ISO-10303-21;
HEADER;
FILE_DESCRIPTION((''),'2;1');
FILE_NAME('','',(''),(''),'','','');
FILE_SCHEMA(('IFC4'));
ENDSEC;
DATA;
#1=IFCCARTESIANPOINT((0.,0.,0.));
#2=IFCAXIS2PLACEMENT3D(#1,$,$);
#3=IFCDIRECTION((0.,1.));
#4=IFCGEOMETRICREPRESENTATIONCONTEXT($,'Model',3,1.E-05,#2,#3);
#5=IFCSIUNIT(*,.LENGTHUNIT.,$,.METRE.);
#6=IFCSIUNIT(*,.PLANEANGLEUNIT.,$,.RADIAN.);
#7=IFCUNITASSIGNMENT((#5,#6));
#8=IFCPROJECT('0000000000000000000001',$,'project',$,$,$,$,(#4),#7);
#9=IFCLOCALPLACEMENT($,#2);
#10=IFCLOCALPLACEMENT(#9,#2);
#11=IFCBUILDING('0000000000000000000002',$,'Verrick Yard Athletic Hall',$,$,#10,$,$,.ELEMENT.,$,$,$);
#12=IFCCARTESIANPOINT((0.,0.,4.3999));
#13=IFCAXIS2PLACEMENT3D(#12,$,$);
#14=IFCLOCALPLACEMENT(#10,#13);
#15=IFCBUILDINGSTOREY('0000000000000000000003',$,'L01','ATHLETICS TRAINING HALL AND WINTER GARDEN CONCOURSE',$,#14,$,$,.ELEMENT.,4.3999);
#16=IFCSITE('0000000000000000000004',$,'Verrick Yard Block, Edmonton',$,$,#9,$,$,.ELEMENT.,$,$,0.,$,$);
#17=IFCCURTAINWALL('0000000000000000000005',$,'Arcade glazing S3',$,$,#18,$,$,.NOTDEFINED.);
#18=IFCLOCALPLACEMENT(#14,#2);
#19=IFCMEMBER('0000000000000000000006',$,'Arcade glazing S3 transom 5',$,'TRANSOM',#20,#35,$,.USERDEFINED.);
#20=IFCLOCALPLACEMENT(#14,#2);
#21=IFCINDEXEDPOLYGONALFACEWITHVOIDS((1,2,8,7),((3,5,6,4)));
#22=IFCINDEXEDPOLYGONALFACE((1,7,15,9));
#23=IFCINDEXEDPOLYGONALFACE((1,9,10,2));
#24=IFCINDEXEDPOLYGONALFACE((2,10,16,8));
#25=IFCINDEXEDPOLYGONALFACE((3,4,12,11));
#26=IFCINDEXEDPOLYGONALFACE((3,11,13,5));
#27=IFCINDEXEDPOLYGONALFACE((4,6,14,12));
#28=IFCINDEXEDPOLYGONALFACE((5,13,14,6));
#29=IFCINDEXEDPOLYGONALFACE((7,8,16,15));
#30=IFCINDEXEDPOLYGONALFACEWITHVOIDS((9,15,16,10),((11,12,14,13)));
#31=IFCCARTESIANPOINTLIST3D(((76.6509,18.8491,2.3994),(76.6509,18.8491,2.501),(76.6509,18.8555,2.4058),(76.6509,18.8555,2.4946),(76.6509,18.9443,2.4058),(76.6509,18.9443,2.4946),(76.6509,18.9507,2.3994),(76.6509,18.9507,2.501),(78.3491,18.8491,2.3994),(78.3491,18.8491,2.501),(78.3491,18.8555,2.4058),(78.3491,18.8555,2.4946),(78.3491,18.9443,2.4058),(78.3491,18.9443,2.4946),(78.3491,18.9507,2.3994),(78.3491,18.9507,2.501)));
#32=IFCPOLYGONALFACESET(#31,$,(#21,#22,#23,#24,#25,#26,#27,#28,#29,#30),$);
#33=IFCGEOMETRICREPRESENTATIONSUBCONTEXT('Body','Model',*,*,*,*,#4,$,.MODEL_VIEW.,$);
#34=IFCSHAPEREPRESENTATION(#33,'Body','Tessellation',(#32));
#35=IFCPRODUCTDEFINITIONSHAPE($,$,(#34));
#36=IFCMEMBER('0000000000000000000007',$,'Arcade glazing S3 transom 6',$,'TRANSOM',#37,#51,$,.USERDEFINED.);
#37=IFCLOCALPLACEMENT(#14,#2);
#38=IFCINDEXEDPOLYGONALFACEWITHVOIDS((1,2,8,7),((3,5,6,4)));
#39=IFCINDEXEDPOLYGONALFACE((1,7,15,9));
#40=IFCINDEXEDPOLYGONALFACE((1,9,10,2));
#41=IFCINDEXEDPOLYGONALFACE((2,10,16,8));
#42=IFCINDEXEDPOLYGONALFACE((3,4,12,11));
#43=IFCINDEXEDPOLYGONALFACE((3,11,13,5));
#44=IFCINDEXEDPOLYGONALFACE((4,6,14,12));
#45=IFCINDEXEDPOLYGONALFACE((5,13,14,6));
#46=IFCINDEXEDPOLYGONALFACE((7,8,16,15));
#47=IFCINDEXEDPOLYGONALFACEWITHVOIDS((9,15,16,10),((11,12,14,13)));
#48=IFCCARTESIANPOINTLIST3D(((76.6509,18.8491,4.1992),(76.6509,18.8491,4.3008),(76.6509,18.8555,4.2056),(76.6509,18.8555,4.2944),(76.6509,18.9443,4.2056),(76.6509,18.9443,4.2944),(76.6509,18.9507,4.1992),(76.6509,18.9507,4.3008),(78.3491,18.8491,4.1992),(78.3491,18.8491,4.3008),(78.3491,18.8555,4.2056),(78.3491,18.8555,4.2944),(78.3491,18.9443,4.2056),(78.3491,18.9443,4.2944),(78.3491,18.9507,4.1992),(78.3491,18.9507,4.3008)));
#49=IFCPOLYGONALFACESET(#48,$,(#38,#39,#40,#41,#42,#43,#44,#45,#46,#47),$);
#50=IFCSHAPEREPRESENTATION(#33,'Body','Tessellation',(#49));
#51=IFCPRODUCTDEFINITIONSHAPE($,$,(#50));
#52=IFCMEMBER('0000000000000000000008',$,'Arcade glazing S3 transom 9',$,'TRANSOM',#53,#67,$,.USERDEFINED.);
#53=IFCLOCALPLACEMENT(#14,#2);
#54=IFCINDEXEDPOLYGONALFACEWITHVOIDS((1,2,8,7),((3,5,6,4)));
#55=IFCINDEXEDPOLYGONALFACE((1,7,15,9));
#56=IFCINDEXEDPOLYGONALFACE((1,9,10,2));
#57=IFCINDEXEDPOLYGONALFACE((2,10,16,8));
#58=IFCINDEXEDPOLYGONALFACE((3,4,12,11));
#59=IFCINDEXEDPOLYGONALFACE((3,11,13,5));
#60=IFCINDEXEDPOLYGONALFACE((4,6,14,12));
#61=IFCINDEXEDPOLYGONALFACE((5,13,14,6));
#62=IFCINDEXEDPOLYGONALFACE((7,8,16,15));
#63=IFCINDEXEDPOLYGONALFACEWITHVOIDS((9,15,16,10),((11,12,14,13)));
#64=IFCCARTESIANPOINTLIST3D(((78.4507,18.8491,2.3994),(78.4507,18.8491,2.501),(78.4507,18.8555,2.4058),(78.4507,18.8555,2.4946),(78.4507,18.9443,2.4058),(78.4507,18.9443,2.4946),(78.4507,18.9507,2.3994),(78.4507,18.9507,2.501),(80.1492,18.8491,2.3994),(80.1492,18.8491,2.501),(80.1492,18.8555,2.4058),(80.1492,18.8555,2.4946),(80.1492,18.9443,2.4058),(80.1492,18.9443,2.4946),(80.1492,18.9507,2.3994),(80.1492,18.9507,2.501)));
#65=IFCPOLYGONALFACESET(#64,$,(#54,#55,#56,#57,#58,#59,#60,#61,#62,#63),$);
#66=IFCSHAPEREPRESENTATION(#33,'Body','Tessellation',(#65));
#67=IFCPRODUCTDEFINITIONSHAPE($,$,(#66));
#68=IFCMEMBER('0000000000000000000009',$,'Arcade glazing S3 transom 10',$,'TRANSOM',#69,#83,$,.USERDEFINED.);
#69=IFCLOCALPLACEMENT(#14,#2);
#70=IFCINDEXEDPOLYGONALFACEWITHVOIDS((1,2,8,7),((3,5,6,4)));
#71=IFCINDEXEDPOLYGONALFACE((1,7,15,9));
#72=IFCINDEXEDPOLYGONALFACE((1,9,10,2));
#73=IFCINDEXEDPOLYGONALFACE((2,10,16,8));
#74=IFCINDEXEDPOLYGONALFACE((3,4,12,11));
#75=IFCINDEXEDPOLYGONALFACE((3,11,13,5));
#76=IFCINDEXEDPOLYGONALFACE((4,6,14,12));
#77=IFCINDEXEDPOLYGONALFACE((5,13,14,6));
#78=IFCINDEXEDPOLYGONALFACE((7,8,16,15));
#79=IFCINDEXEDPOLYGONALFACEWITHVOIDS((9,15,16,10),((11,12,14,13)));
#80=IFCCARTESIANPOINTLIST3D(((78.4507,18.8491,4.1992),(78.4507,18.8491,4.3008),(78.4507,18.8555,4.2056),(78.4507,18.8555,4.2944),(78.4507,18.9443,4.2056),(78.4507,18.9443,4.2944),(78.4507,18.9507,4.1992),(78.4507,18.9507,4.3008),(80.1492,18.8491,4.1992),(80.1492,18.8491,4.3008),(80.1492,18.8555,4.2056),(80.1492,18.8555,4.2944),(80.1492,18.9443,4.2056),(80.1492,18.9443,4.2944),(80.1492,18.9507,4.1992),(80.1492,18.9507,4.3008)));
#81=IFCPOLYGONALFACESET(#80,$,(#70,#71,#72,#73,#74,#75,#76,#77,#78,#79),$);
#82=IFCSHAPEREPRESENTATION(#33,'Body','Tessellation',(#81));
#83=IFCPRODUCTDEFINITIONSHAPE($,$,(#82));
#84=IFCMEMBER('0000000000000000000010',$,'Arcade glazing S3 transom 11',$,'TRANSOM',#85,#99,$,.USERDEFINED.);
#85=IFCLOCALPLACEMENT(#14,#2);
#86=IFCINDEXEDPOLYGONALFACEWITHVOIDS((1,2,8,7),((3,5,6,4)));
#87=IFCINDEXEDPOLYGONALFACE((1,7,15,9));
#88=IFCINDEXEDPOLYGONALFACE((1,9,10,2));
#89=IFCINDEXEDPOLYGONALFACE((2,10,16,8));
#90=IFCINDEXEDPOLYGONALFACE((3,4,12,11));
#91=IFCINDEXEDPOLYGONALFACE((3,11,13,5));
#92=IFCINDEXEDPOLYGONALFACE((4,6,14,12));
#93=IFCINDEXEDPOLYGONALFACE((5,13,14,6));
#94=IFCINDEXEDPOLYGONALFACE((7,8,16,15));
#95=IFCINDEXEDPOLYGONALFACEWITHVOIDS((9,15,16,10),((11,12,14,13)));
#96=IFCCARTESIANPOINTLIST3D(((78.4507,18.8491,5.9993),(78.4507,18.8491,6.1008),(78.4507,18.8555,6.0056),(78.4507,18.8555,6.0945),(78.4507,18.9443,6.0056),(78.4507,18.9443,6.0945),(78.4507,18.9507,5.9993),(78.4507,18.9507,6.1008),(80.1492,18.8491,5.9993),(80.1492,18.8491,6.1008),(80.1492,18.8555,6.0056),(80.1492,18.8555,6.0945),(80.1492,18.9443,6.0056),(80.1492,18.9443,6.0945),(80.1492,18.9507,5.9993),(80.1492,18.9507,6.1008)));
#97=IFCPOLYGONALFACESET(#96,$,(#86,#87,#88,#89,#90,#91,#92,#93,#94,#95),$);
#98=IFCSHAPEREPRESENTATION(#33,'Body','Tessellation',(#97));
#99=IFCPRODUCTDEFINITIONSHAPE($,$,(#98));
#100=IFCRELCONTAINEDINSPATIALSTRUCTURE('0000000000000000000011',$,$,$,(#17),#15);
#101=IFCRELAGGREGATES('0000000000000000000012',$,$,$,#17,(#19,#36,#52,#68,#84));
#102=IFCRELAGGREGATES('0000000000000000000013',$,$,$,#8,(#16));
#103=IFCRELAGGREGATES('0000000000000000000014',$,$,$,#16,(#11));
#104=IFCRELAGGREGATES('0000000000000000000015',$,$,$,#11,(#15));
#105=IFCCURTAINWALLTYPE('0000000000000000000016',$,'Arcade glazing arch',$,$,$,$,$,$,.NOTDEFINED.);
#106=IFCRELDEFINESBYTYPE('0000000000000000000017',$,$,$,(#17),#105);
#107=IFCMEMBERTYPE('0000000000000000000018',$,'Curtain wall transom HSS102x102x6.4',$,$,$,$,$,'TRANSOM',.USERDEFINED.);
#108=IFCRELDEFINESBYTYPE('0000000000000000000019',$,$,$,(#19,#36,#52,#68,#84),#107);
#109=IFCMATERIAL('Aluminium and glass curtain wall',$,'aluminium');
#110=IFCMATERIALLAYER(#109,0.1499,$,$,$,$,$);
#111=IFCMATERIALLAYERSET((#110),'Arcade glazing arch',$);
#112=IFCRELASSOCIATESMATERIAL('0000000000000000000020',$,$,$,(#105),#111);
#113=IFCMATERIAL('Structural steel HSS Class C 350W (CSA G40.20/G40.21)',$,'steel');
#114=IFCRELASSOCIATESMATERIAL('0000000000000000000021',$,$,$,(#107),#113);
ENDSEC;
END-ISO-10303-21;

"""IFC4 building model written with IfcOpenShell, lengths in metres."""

from ifc_helpers import new_model, si_unit, direction, frame, origin, origin_2d, place, context, subcontext, project, spatial, hollow_rectangle, extrude, material, layer, layer_set, material_profile, profile_set, type_object, element, aggregate, save


model = new_model("IFC4")

# Units and contexts
model_context = context("Model", 3, precision=1e-05, world=origin(), true_north=direction((0.0, 1.0)))
body_context = subcontext(model_context, "Body", "Model", "MODEL_VIEW")
ifc_project = project(units=[si_unit("LENGTHUNIT", "METRE"), si_unit("PLANEANGLEUNIT", "RADIAN")], contexts=[model_context])

# Site, building, storey
site_placement = place(None, origin())
site = spatial("IfcSite", under=ifc_project, at=site_placement, Name="Verrick Yard Block, Edmonton", CompositionType="ELEMENT", RefElevation=0.0)
building_placement = place(site_placement, origin())
building = spatial("IfcBuilding", under=site, at=building_placement, Name="Verrick Yard Athletic Hall", CompositionType="ELEMENT")
storey_placement = place(building_placement, frame((0.0, 0.0, 4.3999)))
storey = spatial("IfcBuildingStorey", under=building, at=storey_placement, Name="L01", Description="ATHLETICS TRAINING HALL AND WINTER GARDEN CONCOURSE", CompositionType="ELEMENT", Elevation=4.3999)

# Curtain wall, members
ifc_material_1 = material(Name="Aluminium and glass curtain wall", Category="aluminium")
ifc_layer_1 = layer(ifc_material_1, 0.1499)
ifc_layer_set_1 = layer_set([ifc_layer_1], Name="Arcade glazing arch")
curtain_wall_type = type_object("IfcCurtainWallType", Name="Arcade glazing arch", PredefinedType="NOTDEFINED", material=ifc_layer_set_1)
curtain_wall_placement = place(storey_placement, origin())
curtain_wall = element("IfcCurtainWall", 1, at=curtain_wall_placement, inside=storey, type_object=curtain_wall_type, Name="Arcade glazing S3", PredefinedType="NOTDEFINED")
ifc_material_2 = material(Name="Structural steel HSS Class C 350W (CSA G40.20/G40.21)", Category="steel")
ifc_material_profile = material_profile(ifc_material_2, hollow_rectangle(XDim=0.1016, YDim=0.1016, WallThickness=0.0063, at=origin_2d()), Name="HSS102x102x6.4")
ifc_profile_set = profile_set([ifc_material_profile], Name="Structural steel HSS Class C 350W (CSA G40.20/G40.21)")
member_type = type_object("IfcMemberType", Name="Curtain wall transom HSS102x102x6.4", ElementType="TRANSOM", PredefinedType="USERDEFINED", material=ifc_profile_set)
member_1_placement = place(storey_placement, frame((76.6509, 18.8999, 2.4502), z_axis=(1.0, 0.0, 0.0), x_axis=(0.0, 1.0, 0.0)))
member_1 = element("IfcMember", 2, at=member_1_placement, type_object=member_type, Name="Arcade glazing S3 transom 5", ObjectType="TRANSOM", PredefinedType="USERDEFINED", context=body_context, shape_type="SweptSolid", body=[
    extrude(hollow_rectangle(XDim=0.1016, YDim=0.1016, WallThickness=0.0063, at=origin_2d()), origin(), (0.0, 0.0, 1.0), 1.6982),
])
member_2_placement = place(storey_placement, frame((76.6509, 18.8999, 4.25), z_axis=(1.0, 0.0, 0.0), x_axis=(0.0, 1.0, 0.0)))
member_2 = element("IfcMember", 3, at=member_2_placement, type_object=member_type, Name="Arcade glazing S3 transom 6", ObjectType="TRANSOM", PredefinedType="USERDEFINED", context=body_context, shape_type="SweptSolid", body=[
    extrude(hollow_rectangle(XDim=0.1016, YDim=0.1016, WallThickness=0.0063, at=origin_2d()), origin(), (0.0, 0.0, 1.0), 1.6982),
])
member_3_placement = place(storey_placement, frame((78.4507, 18.8999, 2.4502), z_axis=(1.0, 0.0, 0.0), x_axis=(0.0, 1.0, 0.0)))
member_3 = element("IfcMember", 4, at=member_3_placement, type_object=member_type, Name="Arcade glazing S3 transom 9", ObjectType="TRANSOM", PredefinedType="USERDEFINED", context=body_context, shape_type="SweptSolid", body=[
    extrude(hollow_rectangle(XDim=0.1016, YDim=0.1016, WallThickness=0.0063, at=origin_2d()), origin(), (0.0, 0.0, 1.0), 1.6985),
])
member_4_placement = place(storey_placement, frame((78.4507, 18.8999, 4.25), z_axis=(1.0, 0.0, 0.0), x_axis=(0.0, 1.0, 0.0)))
member_4 = element("IfcMember", 5, at=member_4_placement, type_object=member_type, Name="Arcade glazing S3 transom 10", ObjectType="TRANSOM", PredefinedType="USERDEFINED", context=body_context, shape_type="SweptSolid", body=[
    extrude(hollow_rectangle(XDim=0.1016, YDim=0.1016, WallThickness=0.0063, at=origin_2d()), origin(), (0.0, 0.0, 1.0), 1.6985),
])
member_5_placement = place(storey_placement, frame((78.4507, 18.8999, 6.05), z_axis=(1.0, 0.0, 0.0), x_axis=(0.0, 1.0, 0.0)))
member_5 = element("IfcMember", 6, at=member_5_placement, type_object=member_type, Name="Arcade glazing S3 transom 11", ObjectType="TRANSOM", PredefinedType="USERDEFINED", context=body_context, shape_type="SweptSolid", body=[
    extrude(hollow_rectangle(XDim=0.1016, YDim=0.1016, WallThickness=0.0063, at=origin_2d()), origin(), (0.0, 0.0, 1.0), 1.6985),
])
aggregate(curtain_wall, [member_1, member_2, member_3, member_4, member_5])

save(model, "model.ifc")
